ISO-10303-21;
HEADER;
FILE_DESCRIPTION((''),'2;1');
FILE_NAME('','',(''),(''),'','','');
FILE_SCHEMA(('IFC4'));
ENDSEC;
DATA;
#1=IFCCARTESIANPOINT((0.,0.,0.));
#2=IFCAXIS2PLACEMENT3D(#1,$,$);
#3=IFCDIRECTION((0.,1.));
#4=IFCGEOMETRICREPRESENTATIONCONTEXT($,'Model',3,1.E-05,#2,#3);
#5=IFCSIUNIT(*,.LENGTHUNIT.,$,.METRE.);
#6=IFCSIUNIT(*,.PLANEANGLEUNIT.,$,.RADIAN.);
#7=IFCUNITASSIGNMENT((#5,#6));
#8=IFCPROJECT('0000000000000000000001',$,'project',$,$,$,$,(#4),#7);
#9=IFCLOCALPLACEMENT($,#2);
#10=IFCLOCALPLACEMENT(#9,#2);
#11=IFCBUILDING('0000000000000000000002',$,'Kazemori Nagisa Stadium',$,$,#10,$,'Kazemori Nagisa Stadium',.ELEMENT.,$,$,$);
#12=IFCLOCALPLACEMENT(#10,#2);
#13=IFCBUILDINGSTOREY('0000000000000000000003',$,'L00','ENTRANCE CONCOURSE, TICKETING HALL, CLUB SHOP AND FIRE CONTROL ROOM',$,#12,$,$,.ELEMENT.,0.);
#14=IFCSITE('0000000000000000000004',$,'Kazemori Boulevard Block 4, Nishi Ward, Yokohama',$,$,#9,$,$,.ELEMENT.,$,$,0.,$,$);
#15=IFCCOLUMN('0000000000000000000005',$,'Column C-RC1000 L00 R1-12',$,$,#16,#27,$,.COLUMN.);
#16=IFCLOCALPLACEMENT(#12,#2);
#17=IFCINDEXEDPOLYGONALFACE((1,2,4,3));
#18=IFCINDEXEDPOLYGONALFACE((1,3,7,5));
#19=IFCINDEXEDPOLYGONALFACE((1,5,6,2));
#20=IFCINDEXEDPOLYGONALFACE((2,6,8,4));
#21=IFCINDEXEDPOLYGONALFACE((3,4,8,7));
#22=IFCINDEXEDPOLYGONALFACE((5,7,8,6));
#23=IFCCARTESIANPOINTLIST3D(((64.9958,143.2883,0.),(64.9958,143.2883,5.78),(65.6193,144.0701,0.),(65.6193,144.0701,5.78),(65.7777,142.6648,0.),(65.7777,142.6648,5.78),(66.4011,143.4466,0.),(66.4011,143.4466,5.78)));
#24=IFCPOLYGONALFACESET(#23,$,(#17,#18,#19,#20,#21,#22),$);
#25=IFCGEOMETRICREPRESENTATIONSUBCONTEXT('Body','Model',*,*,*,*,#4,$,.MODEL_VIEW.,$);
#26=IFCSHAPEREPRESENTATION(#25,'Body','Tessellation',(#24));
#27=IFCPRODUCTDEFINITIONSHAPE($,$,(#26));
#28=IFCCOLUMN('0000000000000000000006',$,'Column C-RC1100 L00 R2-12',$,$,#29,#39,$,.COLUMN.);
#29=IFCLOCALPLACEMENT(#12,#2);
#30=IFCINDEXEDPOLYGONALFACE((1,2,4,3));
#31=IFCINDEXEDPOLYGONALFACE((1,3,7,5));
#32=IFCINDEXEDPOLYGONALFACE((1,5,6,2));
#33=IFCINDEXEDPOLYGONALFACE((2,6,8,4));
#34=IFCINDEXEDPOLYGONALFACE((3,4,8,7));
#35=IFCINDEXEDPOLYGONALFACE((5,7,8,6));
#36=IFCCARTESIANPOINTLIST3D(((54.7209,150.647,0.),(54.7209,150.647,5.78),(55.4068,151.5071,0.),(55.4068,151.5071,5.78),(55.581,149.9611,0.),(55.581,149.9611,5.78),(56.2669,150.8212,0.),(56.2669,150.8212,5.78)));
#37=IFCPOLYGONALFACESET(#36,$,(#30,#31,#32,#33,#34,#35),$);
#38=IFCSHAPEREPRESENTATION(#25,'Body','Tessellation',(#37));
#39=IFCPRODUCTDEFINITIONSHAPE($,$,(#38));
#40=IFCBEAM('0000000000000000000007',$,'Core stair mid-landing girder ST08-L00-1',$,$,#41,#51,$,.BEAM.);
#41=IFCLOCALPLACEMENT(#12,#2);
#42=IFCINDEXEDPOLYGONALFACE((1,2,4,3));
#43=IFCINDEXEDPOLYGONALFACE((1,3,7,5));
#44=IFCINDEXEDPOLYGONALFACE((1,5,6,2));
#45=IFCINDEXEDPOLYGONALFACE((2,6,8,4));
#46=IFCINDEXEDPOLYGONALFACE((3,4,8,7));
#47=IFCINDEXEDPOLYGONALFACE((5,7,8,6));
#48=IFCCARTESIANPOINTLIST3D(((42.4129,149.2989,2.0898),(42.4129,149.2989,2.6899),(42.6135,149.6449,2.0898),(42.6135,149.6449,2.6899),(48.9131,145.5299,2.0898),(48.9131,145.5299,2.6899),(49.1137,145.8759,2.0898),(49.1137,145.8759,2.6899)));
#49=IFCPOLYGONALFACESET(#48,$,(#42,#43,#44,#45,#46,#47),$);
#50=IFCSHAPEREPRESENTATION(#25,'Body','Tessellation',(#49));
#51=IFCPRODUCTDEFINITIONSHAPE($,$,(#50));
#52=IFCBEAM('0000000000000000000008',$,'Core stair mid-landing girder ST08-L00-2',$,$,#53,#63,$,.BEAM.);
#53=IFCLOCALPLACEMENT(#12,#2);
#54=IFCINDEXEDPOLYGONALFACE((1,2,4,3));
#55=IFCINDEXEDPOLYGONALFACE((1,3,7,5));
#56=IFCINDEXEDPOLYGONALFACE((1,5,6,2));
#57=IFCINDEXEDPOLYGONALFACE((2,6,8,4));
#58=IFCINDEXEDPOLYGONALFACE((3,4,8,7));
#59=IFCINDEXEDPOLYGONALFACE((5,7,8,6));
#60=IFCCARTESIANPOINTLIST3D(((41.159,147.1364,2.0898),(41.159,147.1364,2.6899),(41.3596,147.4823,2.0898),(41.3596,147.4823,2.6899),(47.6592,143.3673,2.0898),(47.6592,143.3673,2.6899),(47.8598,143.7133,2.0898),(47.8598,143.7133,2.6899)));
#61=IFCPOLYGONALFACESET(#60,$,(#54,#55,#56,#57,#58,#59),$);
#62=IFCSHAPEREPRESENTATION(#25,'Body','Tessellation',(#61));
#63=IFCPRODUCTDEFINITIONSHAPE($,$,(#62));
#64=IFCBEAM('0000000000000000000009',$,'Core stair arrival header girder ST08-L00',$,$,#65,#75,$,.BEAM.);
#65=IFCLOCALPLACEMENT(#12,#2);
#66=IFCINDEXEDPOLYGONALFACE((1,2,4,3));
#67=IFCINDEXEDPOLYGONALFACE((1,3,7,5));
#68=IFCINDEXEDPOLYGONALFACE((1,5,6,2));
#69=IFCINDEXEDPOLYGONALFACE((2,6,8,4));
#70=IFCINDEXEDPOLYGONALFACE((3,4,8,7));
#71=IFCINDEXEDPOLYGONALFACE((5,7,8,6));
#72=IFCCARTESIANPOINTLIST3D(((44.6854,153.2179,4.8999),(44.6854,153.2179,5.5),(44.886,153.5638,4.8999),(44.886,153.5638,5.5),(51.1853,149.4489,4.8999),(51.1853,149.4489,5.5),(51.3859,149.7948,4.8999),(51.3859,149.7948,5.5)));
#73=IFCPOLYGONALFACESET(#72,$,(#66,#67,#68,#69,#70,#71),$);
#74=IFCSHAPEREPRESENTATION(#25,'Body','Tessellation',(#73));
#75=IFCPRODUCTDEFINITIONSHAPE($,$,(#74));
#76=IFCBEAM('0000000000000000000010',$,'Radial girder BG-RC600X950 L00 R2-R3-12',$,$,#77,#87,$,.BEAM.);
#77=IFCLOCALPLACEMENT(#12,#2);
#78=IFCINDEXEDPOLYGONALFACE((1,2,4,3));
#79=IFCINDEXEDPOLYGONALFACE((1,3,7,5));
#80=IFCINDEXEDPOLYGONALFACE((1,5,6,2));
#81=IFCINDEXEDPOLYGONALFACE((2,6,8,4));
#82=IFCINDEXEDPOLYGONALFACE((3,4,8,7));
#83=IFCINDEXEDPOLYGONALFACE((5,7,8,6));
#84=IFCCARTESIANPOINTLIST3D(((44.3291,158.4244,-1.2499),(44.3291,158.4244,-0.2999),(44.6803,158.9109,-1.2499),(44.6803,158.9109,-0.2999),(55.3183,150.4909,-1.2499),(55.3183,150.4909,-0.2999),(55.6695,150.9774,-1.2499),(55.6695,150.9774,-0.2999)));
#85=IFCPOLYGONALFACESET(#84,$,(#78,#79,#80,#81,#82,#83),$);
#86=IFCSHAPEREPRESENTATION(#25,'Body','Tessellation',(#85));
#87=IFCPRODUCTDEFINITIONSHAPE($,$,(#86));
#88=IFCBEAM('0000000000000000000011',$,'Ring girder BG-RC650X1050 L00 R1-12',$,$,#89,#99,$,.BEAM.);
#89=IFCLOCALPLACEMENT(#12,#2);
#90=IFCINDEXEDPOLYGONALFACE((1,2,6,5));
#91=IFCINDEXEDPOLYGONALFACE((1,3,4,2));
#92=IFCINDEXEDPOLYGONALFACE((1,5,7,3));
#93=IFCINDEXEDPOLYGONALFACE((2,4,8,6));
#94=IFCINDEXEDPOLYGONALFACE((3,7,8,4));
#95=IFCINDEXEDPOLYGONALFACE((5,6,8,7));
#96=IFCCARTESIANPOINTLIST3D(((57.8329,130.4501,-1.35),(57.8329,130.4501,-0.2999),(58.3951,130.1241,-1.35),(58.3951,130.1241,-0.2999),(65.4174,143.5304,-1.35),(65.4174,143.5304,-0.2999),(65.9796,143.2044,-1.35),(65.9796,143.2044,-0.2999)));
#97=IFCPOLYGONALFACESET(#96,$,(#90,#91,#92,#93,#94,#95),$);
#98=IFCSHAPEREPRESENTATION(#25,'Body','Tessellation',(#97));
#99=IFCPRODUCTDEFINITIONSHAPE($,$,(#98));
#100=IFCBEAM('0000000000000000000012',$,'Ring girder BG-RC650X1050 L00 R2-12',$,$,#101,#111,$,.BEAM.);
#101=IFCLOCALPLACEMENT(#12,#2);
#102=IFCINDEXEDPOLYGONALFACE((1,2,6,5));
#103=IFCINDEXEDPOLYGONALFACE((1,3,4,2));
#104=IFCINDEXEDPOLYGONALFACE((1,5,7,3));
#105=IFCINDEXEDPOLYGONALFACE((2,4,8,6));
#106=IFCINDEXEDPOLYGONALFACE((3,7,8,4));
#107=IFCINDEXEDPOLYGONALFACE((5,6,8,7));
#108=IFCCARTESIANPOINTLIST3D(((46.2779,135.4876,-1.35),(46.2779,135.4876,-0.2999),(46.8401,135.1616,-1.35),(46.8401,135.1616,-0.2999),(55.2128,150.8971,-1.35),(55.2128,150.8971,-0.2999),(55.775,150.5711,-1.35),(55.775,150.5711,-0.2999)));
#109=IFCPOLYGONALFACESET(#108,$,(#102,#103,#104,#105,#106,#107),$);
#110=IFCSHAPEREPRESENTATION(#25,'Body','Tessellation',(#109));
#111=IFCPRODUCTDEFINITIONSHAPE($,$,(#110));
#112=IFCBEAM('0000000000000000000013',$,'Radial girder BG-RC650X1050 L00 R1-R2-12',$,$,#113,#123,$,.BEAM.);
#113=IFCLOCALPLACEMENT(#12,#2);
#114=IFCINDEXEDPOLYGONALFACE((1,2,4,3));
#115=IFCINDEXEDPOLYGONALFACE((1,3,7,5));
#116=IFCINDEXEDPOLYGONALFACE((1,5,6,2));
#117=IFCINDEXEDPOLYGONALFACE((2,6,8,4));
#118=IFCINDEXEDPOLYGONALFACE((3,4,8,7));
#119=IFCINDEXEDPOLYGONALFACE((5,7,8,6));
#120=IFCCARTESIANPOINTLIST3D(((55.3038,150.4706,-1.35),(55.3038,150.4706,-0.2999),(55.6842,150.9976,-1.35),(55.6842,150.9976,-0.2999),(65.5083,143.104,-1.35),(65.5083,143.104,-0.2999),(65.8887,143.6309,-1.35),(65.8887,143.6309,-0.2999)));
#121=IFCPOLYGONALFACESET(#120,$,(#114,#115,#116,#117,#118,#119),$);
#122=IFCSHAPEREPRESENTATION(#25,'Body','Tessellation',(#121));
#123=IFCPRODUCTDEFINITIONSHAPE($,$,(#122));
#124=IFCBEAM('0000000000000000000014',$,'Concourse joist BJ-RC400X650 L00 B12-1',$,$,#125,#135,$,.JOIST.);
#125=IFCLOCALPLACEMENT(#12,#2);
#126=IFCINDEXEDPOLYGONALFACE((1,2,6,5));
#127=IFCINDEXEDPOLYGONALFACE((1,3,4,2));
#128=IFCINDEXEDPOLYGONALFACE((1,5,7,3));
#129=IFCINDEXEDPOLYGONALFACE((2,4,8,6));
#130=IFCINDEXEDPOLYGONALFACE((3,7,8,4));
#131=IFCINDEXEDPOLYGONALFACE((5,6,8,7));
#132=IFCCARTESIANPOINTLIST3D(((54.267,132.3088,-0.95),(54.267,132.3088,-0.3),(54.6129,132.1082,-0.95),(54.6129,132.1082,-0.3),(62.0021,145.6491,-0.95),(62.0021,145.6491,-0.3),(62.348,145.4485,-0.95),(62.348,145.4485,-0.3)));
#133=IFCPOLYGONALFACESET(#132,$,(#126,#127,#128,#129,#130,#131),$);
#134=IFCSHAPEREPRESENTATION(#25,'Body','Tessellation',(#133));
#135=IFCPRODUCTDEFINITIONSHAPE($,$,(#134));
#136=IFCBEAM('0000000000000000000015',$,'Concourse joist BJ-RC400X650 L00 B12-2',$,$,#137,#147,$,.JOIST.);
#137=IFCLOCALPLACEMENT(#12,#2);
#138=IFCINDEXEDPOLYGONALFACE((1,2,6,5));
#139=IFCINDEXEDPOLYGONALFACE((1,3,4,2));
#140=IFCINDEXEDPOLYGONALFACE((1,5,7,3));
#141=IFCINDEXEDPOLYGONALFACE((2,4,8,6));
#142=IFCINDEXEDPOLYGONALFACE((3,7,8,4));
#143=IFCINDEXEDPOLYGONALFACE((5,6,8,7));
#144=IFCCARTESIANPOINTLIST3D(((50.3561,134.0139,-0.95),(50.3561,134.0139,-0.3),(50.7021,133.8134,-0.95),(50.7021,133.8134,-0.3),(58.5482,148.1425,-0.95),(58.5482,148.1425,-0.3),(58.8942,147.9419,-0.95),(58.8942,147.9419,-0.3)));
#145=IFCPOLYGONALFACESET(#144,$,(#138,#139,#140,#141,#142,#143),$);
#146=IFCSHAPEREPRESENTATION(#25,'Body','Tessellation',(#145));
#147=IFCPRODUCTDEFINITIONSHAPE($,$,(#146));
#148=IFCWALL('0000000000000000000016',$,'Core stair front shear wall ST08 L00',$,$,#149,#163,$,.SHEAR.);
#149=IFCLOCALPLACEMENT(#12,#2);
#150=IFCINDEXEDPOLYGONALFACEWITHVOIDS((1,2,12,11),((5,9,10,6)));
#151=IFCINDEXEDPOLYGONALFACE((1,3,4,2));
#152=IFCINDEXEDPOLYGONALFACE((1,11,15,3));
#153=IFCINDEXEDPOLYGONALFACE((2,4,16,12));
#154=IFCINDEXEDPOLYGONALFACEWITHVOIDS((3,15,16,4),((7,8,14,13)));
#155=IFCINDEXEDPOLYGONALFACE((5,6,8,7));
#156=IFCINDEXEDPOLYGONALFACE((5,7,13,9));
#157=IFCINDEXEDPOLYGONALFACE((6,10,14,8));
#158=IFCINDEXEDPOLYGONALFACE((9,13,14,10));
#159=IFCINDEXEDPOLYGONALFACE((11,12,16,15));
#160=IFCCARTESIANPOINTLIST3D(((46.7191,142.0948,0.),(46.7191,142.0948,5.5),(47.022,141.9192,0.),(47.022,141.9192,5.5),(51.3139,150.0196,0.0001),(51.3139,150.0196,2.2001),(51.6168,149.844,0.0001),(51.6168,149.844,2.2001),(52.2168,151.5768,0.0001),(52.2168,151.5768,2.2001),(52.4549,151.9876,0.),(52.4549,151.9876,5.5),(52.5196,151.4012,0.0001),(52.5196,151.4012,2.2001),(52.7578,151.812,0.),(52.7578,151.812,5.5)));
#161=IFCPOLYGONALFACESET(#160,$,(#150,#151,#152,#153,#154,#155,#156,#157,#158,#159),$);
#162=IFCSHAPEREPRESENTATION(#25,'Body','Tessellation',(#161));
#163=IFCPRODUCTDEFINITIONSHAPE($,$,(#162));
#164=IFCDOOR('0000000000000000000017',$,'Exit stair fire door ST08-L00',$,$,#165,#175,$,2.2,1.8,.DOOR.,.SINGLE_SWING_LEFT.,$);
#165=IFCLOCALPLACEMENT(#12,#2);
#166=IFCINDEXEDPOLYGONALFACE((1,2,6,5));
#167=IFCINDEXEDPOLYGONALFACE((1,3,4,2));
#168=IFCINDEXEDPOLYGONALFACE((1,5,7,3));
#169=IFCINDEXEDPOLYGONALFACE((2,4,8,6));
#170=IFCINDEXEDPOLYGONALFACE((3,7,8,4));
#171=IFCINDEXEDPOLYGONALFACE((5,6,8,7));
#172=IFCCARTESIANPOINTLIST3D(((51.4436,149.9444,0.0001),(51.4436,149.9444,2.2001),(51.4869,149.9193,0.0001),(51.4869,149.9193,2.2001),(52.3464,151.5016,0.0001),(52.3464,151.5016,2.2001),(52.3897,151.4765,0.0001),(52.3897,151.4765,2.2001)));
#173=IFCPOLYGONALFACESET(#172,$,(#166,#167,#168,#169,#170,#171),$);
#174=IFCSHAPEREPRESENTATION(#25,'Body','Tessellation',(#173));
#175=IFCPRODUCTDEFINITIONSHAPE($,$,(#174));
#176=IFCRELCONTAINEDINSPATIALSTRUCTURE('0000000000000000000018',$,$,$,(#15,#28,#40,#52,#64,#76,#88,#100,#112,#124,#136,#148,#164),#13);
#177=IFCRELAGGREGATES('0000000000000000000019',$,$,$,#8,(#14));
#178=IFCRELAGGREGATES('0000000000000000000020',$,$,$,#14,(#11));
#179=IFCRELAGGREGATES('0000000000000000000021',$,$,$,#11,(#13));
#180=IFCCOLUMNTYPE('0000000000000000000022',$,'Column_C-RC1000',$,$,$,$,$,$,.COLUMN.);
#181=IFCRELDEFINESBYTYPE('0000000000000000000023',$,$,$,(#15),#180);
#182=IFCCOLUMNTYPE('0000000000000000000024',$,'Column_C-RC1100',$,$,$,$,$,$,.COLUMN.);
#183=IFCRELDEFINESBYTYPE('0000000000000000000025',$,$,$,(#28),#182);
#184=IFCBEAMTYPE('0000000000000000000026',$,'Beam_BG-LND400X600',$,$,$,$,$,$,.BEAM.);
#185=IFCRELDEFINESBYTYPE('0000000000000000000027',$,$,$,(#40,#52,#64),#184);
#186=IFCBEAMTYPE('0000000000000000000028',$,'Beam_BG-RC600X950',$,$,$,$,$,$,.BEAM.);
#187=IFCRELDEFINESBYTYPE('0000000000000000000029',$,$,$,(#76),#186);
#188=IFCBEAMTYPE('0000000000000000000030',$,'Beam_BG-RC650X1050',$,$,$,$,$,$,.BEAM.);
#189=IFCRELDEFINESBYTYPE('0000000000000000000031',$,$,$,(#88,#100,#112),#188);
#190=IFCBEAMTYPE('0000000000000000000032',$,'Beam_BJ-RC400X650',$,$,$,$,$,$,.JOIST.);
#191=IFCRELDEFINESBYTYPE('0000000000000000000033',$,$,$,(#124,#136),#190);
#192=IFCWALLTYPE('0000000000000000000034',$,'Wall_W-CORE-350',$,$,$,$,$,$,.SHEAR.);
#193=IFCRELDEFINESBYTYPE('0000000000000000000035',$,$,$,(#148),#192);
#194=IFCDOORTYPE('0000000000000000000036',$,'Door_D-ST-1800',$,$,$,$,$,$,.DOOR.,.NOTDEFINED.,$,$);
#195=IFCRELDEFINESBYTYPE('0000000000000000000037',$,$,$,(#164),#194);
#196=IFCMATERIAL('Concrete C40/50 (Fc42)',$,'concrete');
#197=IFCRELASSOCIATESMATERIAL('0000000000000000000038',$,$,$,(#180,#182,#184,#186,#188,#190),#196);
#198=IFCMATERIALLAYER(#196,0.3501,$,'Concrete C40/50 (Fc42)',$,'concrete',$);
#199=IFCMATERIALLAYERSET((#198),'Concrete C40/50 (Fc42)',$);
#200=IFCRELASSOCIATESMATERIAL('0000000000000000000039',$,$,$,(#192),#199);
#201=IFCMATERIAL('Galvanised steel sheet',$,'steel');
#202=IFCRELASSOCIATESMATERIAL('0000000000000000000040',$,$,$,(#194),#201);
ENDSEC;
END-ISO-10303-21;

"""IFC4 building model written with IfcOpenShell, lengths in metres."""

from ifc_helpers import new_model, si_unit, direction, frame, frame_2d, origin, origin_2d, place, context, subcontext, project, spatial, rectangle, extrude, material, layer, layer_set, material_profile, profile_set, type_object, element, fill, save


model = new_model("IFC4")

# Units and contexts
model_context = context("Model", 3, precision=1e-05, world=origin(), true_north=direction((0.0, 1.0)))
body_context = subcontext(model_context, "Body", "Model", "MODEL_VIEW")
ifc_project = project(units=[si_unit("LENGTHUNIT", "METRE"), si_unit("PLANEANGLEUNIT", "RADIAN")], contexts=[model_context])

# Site, building, storey
site_placement = place(None, origin())
site = spatial("IfcSite", under=ifc_project, at=site_placement, Name="Kazemori Boulevard Block 4, Nishi Ward, Yokohama", CompositionType="ELEMENT", RefElevation=0.0)
building_placement = place(site_placement, origin())
building = spatial("IfcBuilding", under=site, at=building_placement, Name="Kazemori Nagisa Stadium", LongName="Kazemori Nagisa Stadium", CompositionType="ELEMENT")
storey_placement = place(building_placement, origin())
storey = spatial("IfcBuildingStorey", under=building, at=storey_placement, Name="L00", Description="ENTRANCE CONCOURSE, TICKETING HALL, CLUB SHOP AND FIRE CONTROL ROOM", CompositionType="ELEMENT", Elevation=0.0)

# Columns
ifc_material_1 = material(Name="Concrete C40/50 (Fc42)", Category="concrete")
ifc_material_profile_1 = material_profile(ifc_material_1, rectangle(XDim=1.0, YDim=1.0, at=origin_2d()), Name="RC-COL-1000x1000")
ifc_profile_set_1 = profile_set([ifc_material_profile_1], Name="Concrete C40/50 (Fc42)")
column_type_1 = type_object("IfcColumnType", Name="Column_C-RC1000", PredefinedType="COLUMN", material=ifc_profile_set_1)
column_1_placement = place(storey_placement, frame((65.6985, 143.3674, 0.0), z_axis=(0.0, 0.0, 1.0), x_axis=(-0.781831, 0.62349, 0.0)))
element("IfcColumn", 1, at=column_1_placement, inside=storey, type_object=column_type_1, Name="Column C-RC1000 L00 R1-12", PredefinedType="COLUMN", context=body_context, shape_type="SweptSolid", body=[
    extrude(rectangle(XDim=1.0, YDim=1.0, at=origin_2d()), origin(), (0.0, 0.0, 1.0), 5.78),
])
ifc_material_profile_2 = material_profile(ifc_material_1, rectangle(XDim=1.1001, YDim=1.1001, at=origin_2d()), Name="RC-COL-1100x1100")
ifc_profile_set_2 = profile_set([ifc_material_profile_2], Name="Concrete C40/50 (Fc42)")
column_type_2 = type_object("IfcColumnType", Name="Column_C-RC1100", PredefinedType="COLUMN", material=ifc_profile_set_2)
column_2_placement = place(storey_placement, frame((55.4939, 150.7341, 0.0), z_axis=(0.0, 0.0, 1.0), x_axis=(-0.781831, 0.62349, 0.0)))
element("IfcColumn", 2, at=column_2_placement, inside=storey, type_object=column_type_2, Name="Column C-RC1100 L00 R2-12", PredefinedType="COLUMN", context=body_context, shape_type="SweptSolid", body=[
    extrude(rectangle(XDim=1.1001, YDim=1.1001, at=origin_2d()), origin(), (0.0, 0.0, 1.0), 5.78),
])

# Beams
ifc_material_profile_3 = material_profile(ifc_material_1, rectangle(XDim=0.3999, YDim=0.6001, at=origin_2d()), Name="RC-BM-400x600")
ifc_profile_set_3 = profile_set([ifc_material_profile_3], Name="Concrete C40/50 (Fc42)")
beam_type_1 = type_object("IfcBeamType", Name="Beam_BG-LND400X600", PredefinedType="BEAM", material=ifc_profile_set_3)
for number, where, z_axis, x_axis, name in (
    (3, (49.0134, 145.7029, 2.3899), (-0.865095, 0.501609, 0.0), (-0.501609, -0.865095, 0.0), "Core stair mid-landing girder ST08-L00-1"),
    (4, (47.7595, 143.5403, 2.3899), (-0.865095, 0.501609, 0.0), (-0.501609, -0.865095, 0.0), "Core stair mid-landing girder ST08-L00-2"),
):
    element("IfcBeam", number, at=place(storey_placement, frame(where, z_axis=z_axis, x_axis=x_axis)), inside=storey, type_object=beam_type_1, Name=name, PredefinedType="BEAM", context=body_context, shape_type="SweptSolid", body=[
        extrude(rectangle(XDim=0.3999, YDim=0.6001, at=origin_2d()), origin(), (0.0, 0.0, 1.0), 7.5139),
    ])
beam_1_placement = place(storey_placement, frame((51.2856, 149.6218, 5.2), z_axis=(-0.865086, 0.501623, 0.0), x_axis=(-0.501623, -0.865086, 0.0)))
element("IfcBeam", 5, at=beam_1_placement, inside=storey, type_object=beam_type_1, Name="Core stair arrival header girder ST08-L00", PredefinedType="BEAM", context=body_context, shape_type="SweptSolid", body=[
    extrude(rectangle(XDim=0.3999, YDim=0.6001, at=origin_2d()), origin(), (0.0, 0.0, 1.0), 7.5137),
])
ifc_material_profile_4 = material_profile(ifc_material_1, rectangle(XDim=0.6001, YDim=0.95, at=origin_2d()), Name="RC-BM-600x950")
ifc_profile_set_4 = profile_set([ifc_material_profile_4], Name="Concrete C40/50 (Fc42)")
beam_type_2 = type_object("IfcBeamType", Name="Beam_BG-RC600X950", PredefinedType="BEAM", material=ifc_profile_set_4)
beam_2_placement = place(storey_placement, frame((55.4939, 150.7341, -0.7749), z_axis=(-0.810788, 0.585341, 0.0), x_axis=(-0.585341, -0.810788, 0.0)))
element("IfcBeam", 6, at=beam_2_placement, inside=storey, type_object=beam_type_2, Name="Radial girder BG-RC600X950 L00 R2-R3-12", PredefinedType="BEAM", context=body_context, shape_type="SweptSolid", body=[
    extrude(rectangle(XDim=0.6001, YDim=0.95, at=origin_2d()), origin(), (0.0, 0.0, 1.0), 13.5537),
])
ifc_material_profile_5 = material_profile(ifc_material_1, rectangle(XDim=0.6499, YDim=1.05, at=origin_2d()), Name="RC-BM-650x1050")
ifc_profile_set_5 = profile_set([ifc_material_profile_5], Name="Concrete C40/50 (Fc42)")
beam_type_3 = type_object("IfcBeamType", Name="Beam_BG-RC650X1050", PredefinedType="BEAM", material=ifc_profile_set_5)
beam_3_placement = place(storey_placement, frame((65.6985, 143.3674, -0.825), z_axis=(-0.501613, -0.865092, 0.0), x_axis=(0.865092, -0.501613, 0.0)))
element("IfcBeam", 7, at=beam_3_placement, inside=storey, type_object=beam_type_3, Name="Ring girder BG-RC650X1050 L00 R1-12", PredefinedType="BEAM", context=body_context, shape_type="SweptSolid", body=[
    extrude(rectangle(XDim=0.6499, YDim=1.05, at=origin_2d()), origin(), (0.0, 0.0, 1.0), 15.1201),
])
beam_4_placement = place(storey_placement, frame((55.4939, 150.7341, -0.825), z_axis=(-0.501607, -0.865096, 0.0), x_axis=(0.865096, -0.501607, 0.0)))
element("IfcBeam", 8, at=beam_4_placement, inside=storey, type_object=beam_type_3, Name="Ring girder BG-RC650X1050 L00 R2-12", PredefinedType="BEAM", context=body_context, shape_type="SweptSolid", body=[
    extrude(rectangle(XDim=0.6499, YDim=1.05, at=origin_2d()), origin(), (0.0, 0.0, 1.0), 17.8125),
])
beam_5_placement = place(storey_placement, frame((65.6985, 143.3674, -0.825), z_axis=(-0.810803, 0.585319, 0.0), x_axis=(-0.585319, -0.810803, 0.0)))
element("IfcBeam", 9, at=beam_5_placement, inside=storey, type_object=beam_type_3, Name="Radial girder BG-RC650X1050 L00 R1-R2-12", PredefinedType="BEAM", context=body_context, shape_type="SweptSolid", body=[
    extrude(rectangle(XDim=0.6499, YDim=1.05, at=origin_2d()), origin(), (0.0, 0.0, 1.0), 12.5857),
])
ifc_material_profile_6 = material_profile(ifc_material_1, rectangle(XDim=0.3999, YDim=0.6499, at=origin_2d()), Name="RC-BM-400x650")
ifc_profile_set_6 = profile_set([ifc_material_profile_6], Name="Concrete C40/50 (Fc42)")
beam_type_4 = type_object("IfcBeamType", Name="Beam_BJ-RC400X650", PredefinedType="JOIST", material=ifc_profile_set_6)
beam_6_placement = place(storey_placement, frame((62.175, 145.5488, -0.625), z_axis=(-0.501607, -0.865095, 0.0), x_axis=(0.865095, -0.501607, 0.0)))
element("IfcBeam", 10, at=beam_6_placement, inside=storey, type_object=beam_type_4, Name="Concourse joist BJ-RC400X650 L00 B12-1", PredefinedType="JOIST", context=body_context, shape_type="SweptSolid", body=[
    extrude(rectangle(XDim=0.3999, YDim=0.6499, at=origin_2d()), origin(), (0.0, 0.0, 1.0), 15.4207),
])
beam_7_placement = place(storey_placement, frame((58.7212, 148.0422, -0.625), z_axis=(-0.501604, -0.865097, 0.0), x_axis=(0.865097, -0.501604, 0.0)))
element("IfcBeam", 11, at=beam_7_placement, inside=storey, type_object=beam_type_4, Name="Concourse joist BJ-RC400X650 L00 B12-2", PredefinedType="JOIST", context=body_context, shape_type="SweptSolid", body=[
    extrude(rectangle(XDim=0.3999, YDim=0.6499, at=origin_2d()), origin(), (0.0, 0.0, 1.0), 16.3318),
])

# Wall, opening, door
ifc_layer_1 = layer(ifc_material_1, 0.3501, Name="Concrete C40/50 (Fc42)", Category="concrete")
ifc_layer_set_1 = layer_set([ifc_layer_1], Name="Concrete C40/50 (Fc42)")
wall_type_1 = type_object("IfcWallType", Name="Wall_W-CORE-350", PredefinedType="SHEAR", material=ifc_layer_set_1)
wall_1_placement = place(storey_placement, frame((52.6064, 151.8999, 0.0), z_axis=(0.0, 0.0, 1.0), x_axis=(-0.501587, -0.865107, 0.0)))
wall_1 = element("IfcWall", 12, at=wall_1_placement, inside=storey, type_object=wall_type_1, Name="Core stair front shear wall ST08 L00", PredefinedType="SHEAR", context=body_context, shape_type="SweptSolid", body=[
    extrude(rectangle(XDim=11.4353, YDim=0.3501, at=frame_2d((5.7178, 0.0))), origin(), (0.0, 0.0, 1.0), 5.5),
])
opening_1_placement = place(wall_1_placement, frame((0.4751, 0.0, 0.0)))
opening_1 = element("IfcOpeningElement", 13, at=opening_1_placement, cuts=wall_1, PredefinedType="OPENING", context=body_context, shape_type="SweptSolid", body=[
    extrude(rectangle(XDim=1.8, YDim=2.2, at=frame_2d((0.8999, 1.1001))), frame((0.0, 0.1851, 0.0), z_axis=(0.0, -1.0, 0.0), x_axis=(1.0, 0.0, 0.0)), (0.0, 0.0, 1.0), 0.3701),
])
ifc_material_2 = material(Name="Galvanised steel sheet", Category="steel")
door_type_1 = type_object("IfcDoorType", Name="Door_D-ST-1800", OperationType="NOTDEFINED", PredefinedType="DOOR", material=ifc_material_2)
door_1_placement = place(opening_1_placement, origin())
door_1 = element("IfcDoor", 14, at=door_1_placement, inside=storey, type_object=door_type_1, Name="Exit stair fire door ST08-L00", OperationType="SINGLE_SWING_LEFT", OverallHeight=2.2, OverallWidth=1.8, PredefinedType="DOOR", context=body_context, shape_type="SweptSolid", body=[
    extrude(rectangle(XDim=1.8, YDim=2.2, at=frame_2d((0.8999, 1.1001))), frame((0.0, 0.0249, 0.0), z_axis=(0.0, -1.0, 0.0), x_axis=(1.0, 0.0, 0.0)), (0.0, 0.0, 1.0), 0.05),
])
fill(opening_1, door_1)

save(model, "model.ifc")
